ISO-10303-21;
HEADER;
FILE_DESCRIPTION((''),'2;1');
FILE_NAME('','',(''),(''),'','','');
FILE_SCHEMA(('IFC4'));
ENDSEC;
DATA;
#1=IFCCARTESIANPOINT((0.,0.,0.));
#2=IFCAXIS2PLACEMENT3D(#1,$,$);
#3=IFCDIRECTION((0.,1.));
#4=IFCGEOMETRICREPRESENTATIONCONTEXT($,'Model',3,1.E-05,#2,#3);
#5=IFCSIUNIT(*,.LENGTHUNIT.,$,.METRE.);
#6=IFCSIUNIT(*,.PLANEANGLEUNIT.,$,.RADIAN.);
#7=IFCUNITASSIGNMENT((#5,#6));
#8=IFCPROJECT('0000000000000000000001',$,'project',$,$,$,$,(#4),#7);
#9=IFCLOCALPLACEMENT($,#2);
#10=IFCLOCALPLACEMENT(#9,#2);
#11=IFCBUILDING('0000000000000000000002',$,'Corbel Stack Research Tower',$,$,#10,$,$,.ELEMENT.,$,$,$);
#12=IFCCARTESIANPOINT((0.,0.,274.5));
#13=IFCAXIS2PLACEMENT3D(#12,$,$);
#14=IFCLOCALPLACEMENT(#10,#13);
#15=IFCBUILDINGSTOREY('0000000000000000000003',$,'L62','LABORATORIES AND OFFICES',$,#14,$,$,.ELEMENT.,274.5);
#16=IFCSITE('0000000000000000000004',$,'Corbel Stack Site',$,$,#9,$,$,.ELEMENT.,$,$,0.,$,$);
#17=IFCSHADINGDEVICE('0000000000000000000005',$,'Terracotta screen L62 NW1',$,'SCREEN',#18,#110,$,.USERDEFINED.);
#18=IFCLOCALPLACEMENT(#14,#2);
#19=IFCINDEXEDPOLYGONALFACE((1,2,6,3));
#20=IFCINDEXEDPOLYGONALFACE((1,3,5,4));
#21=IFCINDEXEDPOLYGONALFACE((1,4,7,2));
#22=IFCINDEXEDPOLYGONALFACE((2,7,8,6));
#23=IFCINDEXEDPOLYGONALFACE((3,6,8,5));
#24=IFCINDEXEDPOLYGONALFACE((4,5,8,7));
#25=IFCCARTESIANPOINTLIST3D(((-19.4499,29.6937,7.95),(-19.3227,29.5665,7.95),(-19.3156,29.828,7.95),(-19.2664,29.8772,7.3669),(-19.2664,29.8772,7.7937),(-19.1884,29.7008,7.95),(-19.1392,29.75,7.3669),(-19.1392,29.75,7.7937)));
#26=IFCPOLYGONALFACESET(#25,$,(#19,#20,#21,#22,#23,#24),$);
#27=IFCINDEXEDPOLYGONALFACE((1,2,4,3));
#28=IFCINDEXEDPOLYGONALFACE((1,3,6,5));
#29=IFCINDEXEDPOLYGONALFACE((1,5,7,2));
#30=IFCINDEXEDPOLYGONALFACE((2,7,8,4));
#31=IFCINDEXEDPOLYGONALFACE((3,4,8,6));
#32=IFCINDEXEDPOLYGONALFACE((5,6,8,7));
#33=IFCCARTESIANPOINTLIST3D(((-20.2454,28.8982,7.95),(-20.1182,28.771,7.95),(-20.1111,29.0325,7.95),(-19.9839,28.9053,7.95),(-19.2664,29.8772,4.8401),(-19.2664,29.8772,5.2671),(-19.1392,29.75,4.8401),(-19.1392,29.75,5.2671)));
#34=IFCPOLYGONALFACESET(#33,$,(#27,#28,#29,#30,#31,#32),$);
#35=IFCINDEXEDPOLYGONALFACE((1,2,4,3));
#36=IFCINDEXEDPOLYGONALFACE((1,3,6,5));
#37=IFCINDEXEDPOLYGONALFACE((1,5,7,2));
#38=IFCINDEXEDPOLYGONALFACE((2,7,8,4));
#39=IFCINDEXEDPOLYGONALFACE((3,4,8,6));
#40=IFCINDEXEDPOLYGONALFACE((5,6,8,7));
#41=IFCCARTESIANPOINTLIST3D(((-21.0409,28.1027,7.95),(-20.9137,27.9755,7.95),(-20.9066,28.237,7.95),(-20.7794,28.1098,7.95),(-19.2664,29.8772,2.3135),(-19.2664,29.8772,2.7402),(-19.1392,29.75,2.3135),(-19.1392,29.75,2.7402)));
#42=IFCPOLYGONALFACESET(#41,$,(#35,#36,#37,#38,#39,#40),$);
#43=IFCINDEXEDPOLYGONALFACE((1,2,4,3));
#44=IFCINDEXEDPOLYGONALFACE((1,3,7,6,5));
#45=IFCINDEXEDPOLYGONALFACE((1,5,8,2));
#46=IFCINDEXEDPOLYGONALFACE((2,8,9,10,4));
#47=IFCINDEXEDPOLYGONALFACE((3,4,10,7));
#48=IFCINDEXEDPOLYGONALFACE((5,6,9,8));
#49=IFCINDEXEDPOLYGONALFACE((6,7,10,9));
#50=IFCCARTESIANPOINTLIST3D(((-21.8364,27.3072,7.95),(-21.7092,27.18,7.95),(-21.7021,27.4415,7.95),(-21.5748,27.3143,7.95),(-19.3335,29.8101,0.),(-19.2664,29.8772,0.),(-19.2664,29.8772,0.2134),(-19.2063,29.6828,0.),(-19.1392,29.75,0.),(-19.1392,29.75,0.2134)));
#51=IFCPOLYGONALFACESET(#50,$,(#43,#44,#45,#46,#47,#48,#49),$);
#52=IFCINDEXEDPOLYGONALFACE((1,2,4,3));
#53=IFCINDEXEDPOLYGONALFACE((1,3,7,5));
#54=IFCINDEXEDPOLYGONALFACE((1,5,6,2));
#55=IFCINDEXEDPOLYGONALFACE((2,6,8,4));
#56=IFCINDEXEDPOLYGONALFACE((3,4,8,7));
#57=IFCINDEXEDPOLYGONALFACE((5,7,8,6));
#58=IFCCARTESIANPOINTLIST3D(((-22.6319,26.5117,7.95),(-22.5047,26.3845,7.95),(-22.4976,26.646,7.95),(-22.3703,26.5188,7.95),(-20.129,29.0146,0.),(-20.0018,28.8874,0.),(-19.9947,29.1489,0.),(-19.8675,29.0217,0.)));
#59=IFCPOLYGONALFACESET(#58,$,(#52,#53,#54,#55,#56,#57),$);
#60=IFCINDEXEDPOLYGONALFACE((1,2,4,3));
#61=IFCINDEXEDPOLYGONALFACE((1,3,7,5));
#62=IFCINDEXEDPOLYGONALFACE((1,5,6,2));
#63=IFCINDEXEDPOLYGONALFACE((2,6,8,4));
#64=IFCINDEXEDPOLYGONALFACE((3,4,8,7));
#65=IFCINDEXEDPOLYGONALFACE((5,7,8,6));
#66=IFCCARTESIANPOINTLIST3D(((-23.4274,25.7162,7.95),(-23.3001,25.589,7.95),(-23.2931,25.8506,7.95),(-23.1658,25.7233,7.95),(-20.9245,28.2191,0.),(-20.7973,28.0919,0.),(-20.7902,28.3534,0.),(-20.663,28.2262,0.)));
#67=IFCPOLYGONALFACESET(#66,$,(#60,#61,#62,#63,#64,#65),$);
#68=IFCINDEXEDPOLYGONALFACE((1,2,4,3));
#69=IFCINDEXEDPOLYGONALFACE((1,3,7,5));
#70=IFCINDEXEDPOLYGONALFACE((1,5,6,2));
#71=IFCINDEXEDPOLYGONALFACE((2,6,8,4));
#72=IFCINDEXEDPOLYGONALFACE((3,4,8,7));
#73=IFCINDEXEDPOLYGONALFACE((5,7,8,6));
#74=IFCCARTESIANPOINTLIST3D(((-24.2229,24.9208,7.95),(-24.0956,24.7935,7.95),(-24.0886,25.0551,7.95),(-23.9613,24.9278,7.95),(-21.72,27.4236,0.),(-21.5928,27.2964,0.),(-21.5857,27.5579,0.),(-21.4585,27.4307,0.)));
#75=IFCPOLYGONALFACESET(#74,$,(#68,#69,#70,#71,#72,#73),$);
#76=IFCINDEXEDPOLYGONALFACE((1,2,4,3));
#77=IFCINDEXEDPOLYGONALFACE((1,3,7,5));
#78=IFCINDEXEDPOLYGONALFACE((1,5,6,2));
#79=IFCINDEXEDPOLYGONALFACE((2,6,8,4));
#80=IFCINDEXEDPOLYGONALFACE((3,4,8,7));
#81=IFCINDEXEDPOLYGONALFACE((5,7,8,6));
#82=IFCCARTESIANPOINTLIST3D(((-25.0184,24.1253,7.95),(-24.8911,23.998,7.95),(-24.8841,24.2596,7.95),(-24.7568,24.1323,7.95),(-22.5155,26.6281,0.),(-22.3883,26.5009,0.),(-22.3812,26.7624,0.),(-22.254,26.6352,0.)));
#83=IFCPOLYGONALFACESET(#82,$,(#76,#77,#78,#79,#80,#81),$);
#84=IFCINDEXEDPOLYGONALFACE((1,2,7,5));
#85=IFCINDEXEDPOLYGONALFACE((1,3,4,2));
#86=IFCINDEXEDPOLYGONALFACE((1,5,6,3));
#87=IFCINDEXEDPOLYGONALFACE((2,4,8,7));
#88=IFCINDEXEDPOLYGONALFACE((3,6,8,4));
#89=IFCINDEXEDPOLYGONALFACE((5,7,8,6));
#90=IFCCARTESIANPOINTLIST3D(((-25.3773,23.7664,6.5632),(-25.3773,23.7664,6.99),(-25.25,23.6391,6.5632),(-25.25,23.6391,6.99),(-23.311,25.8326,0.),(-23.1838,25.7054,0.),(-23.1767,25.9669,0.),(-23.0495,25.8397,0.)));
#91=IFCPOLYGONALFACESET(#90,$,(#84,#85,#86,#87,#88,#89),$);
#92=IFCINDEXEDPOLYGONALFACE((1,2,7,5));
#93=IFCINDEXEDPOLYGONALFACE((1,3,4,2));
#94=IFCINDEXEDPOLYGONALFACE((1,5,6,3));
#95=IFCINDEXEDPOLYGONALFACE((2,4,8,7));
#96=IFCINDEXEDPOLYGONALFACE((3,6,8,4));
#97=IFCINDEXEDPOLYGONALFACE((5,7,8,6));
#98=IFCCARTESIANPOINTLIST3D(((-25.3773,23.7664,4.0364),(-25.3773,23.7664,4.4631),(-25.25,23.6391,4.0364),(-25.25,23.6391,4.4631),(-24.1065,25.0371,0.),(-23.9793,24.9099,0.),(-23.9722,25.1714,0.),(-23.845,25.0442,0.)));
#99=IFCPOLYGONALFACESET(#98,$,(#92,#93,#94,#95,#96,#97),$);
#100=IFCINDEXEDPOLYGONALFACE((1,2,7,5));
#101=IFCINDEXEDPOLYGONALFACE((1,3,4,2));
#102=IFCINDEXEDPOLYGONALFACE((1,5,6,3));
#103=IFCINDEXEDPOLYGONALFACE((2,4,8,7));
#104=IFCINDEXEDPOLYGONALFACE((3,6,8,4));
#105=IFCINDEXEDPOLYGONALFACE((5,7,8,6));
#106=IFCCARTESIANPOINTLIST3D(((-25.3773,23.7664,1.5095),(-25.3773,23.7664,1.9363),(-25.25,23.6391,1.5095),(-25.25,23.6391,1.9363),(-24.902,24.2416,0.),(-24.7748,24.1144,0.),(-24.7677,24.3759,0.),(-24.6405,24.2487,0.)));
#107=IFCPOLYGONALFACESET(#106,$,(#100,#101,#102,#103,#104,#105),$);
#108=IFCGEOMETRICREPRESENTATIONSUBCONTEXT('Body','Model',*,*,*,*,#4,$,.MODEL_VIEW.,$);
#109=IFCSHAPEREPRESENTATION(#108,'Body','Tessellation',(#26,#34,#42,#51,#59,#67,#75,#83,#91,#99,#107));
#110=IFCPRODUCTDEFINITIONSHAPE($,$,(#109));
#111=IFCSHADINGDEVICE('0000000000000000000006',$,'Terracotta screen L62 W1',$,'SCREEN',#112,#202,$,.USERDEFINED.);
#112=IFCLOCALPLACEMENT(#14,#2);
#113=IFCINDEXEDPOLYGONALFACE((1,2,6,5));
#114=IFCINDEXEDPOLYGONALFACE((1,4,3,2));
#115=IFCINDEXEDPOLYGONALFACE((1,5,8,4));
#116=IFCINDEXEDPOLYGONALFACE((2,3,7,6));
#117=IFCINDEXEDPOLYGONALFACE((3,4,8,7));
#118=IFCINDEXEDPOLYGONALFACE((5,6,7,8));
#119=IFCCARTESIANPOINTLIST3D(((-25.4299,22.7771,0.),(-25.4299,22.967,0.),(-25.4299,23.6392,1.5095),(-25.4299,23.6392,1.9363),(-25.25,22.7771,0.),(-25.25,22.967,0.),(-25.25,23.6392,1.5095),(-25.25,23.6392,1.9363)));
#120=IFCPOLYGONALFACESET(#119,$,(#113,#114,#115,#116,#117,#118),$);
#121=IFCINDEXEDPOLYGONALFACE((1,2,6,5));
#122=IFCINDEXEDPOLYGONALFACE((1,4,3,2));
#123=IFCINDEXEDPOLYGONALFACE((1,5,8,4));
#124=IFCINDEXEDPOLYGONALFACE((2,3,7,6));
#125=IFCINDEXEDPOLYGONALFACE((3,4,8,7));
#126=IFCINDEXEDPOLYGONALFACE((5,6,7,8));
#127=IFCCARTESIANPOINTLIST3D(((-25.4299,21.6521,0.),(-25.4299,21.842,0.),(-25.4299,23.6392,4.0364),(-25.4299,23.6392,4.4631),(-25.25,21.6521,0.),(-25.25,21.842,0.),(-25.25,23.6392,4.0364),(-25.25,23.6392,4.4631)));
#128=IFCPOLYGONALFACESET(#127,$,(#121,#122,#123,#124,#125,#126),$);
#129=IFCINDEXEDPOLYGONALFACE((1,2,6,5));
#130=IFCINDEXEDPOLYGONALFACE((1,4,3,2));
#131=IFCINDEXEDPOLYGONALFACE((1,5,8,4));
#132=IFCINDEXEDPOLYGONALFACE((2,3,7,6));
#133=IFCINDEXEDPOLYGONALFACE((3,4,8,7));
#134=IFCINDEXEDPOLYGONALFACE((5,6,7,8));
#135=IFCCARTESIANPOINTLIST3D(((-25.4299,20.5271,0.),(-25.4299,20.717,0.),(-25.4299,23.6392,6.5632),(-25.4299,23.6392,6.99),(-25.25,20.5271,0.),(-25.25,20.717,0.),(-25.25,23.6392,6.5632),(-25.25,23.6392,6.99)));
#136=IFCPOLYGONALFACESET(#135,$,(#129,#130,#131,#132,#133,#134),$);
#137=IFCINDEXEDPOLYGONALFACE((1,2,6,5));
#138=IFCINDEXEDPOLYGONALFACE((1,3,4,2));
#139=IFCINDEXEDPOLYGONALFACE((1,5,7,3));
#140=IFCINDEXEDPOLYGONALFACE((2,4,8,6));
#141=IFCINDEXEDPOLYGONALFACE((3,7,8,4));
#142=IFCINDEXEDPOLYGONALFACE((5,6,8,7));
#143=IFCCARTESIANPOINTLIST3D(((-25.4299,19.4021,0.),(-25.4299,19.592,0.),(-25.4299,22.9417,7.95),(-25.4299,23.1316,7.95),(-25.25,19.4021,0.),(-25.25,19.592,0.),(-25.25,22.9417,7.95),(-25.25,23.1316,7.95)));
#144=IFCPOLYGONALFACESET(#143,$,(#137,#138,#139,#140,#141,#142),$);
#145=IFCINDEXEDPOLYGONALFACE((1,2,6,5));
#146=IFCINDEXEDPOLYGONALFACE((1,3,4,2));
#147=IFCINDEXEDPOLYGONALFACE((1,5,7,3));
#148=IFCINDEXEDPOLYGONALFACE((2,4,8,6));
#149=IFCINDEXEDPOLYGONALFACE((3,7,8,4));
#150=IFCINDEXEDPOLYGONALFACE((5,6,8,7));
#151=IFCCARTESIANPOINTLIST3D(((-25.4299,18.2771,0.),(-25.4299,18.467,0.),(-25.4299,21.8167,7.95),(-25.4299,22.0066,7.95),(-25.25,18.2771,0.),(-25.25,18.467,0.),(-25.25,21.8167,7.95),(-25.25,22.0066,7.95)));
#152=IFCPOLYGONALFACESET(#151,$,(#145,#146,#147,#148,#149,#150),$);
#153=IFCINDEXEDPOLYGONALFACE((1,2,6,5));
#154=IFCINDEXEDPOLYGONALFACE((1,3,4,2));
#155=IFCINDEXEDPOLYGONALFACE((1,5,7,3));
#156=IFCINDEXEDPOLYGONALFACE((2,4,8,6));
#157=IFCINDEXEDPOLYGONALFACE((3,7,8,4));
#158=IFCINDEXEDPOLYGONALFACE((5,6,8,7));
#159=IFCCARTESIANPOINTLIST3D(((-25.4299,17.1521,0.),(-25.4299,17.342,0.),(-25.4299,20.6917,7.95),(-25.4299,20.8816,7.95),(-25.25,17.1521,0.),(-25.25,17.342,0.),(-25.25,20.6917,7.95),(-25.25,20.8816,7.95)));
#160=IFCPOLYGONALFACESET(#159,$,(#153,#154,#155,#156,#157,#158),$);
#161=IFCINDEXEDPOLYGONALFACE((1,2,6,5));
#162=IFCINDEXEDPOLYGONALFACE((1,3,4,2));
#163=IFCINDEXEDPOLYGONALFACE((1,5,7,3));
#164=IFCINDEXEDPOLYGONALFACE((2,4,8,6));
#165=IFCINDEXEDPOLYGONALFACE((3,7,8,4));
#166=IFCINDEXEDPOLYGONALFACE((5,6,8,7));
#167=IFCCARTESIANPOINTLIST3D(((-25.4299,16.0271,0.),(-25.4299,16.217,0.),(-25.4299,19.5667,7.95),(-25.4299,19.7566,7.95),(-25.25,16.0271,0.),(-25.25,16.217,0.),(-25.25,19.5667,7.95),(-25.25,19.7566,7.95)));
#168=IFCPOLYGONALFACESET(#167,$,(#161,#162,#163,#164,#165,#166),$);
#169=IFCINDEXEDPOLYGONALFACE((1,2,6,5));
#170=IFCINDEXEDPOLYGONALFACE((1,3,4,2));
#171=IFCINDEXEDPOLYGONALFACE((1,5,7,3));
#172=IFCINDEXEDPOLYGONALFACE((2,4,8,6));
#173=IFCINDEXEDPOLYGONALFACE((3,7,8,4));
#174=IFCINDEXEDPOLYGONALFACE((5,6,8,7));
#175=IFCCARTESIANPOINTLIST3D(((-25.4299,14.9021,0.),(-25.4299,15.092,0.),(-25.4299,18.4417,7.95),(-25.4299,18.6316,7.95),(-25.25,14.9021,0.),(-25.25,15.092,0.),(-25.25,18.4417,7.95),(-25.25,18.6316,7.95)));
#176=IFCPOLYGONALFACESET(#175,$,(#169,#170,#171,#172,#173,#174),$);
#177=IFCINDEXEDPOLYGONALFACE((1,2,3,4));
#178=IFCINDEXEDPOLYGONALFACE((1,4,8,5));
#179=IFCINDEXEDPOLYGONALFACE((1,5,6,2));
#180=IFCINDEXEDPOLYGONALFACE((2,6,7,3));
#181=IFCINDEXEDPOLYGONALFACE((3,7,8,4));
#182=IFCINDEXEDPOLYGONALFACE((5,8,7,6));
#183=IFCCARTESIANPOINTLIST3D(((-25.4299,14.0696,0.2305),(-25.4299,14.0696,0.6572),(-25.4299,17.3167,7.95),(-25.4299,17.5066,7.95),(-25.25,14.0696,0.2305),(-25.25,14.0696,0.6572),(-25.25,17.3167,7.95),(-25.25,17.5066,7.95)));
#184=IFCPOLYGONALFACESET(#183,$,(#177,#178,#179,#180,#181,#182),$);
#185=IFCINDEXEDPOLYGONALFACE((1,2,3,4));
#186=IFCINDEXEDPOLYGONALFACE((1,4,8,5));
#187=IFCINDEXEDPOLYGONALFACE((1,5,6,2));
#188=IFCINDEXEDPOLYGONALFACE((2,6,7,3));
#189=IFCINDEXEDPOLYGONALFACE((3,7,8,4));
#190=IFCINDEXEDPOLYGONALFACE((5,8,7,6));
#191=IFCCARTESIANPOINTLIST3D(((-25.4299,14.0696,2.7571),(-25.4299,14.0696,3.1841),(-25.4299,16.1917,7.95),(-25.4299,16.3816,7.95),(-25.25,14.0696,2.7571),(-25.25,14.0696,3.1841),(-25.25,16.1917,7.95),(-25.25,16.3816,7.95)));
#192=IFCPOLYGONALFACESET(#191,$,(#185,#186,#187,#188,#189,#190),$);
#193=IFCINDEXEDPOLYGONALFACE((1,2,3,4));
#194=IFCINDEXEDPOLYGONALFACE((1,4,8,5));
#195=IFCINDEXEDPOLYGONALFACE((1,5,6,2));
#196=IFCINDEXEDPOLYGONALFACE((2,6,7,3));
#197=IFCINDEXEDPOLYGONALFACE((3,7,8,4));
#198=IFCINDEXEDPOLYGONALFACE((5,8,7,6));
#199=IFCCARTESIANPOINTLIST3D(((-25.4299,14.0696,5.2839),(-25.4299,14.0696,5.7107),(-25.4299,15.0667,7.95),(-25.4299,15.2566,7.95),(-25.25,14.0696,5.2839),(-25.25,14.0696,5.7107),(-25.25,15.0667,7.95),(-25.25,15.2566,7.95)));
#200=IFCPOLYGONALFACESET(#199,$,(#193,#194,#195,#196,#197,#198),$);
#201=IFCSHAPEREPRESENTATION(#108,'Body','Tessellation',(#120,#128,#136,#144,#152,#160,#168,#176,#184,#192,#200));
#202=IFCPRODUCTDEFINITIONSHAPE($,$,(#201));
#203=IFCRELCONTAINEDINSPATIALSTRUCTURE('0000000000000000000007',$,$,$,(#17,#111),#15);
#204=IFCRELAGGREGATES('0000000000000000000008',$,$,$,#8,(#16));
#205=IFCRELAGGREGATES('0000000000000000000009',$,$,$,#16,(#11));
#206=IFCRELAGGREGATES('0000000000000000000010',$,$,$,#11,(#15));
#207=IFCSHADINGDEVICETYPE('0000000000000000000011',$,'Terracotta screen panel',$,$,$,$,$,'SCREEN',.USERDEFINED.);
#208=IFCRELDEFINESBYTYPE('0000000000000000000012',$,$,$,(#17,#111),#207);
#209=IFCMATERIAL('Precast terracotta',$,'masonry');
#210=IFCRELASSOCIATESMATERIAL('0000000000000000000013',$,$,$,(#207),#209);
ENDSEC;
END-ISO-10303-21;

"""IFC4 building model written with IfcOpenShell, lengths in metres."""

from ifc_helpers import new_model, si_unit, direction, frame, origin, place, context, subcontext, project, spatial, polyline, outline, extrude, source, transform, mapped, material, type_object, element, save


model = new_model("IFC4")

# Units and contexts
model_context = context("Model", 3, precision=1e-05, world=origin(), true_north=direction((0.0, 1.0)))
body_context = subcontext(model_context, "Body", "Model", "MODEL_VIEW")
ifc_project = project(units=[si_unit("LENGTHUNIT", "METRE"), si_unit("PLANEANGLEUNIT", "RADIAN")], contexts=[model_context])

# Site, building, storey
site_placement = place(None, origin())
site = spatial("IfcSite", under=ifc_project, at=site_placement, Name="Corbel Stack Site", CompositionType="ELEMENT", RefElevation=0.0)
building_placement = place(site_placement, origin())
building = spatial("IfcBuilding", under=site, at=building_placement, Name="Corbel Stack Research Tower", CompositionType="ELEMENT")
storey_placement = place(building_placement, frame((0.0, 0.0, 274.5)))
storey = spatial("IfcBuildingStorey", under=building, at=storey_placement, Name="L62", Description="LABORATORIES AND OFFICES", CompositionType="ELEMENT", Elevation=274.5)

# Shading devices
ifc_material_1 = material(Name="Precast terracotta", Category="masonry")
shading_device_type = type_object("IfcShadingDeviceType", Name="Terracotta screen panel", ElementType="SCREEN", PredefinedType="USERDEFINED", material=ifc_material_1)
shared_shape_1 = source(origin(), body_context, "Body", "SweptSolid", [
    extrude(outline(polyline([(0.2595, 7.95), (0.0696, 7.95), (0.0, 7.7937), (0.0, 7.3669), (0.2595, 7.95)])), frame((0.0, 0.0, 0.0), z_axis=(0.0, -1.0, 0.0), x_axis=(1.0, 0.0, 0.0)), (0.0, 0.0, 1.0), 0.1799),
    extrude(outline(polyline([(1.3845, 7.95), (1.1946, 7.95), (0.0, 5.2671), (0.0, 4.8401), (1.3845, 7.95)])), frame((0.0, 0.0, 0.0), z_axis=(0.0, -1.0, 0.0), x_axis=(1.0, 0.0, 0.0)), (0.0, 0.0, 1.0), 0.1799),
    extrude(outline(polyline([(2.5095, 7.95), (2.3196, 7.95), (0.0, 2.7402), (0.0, 2.3135), (2.5095, 7.95)])), frame((0.0, 0.0, 0.0), z_axis=(0.0, -1.0, 0.0), x_axis=(1.0, 0.0, 0.0)), (0.0, 0.0, 1.0), 0.1799),
    extrude(outline(polyline([(0.095, 0.0), (3.6345, 7.95), (3.4446, 7.95), (0.0, 0.2134), (0.0, 0.0), (0.095, 0.0)])), frame((0.0, 0.0, 0.0), z_axis=(0.0, -1.0, 0.0), x_axis=(1.0, 0.0, 0.0)), (0.0, 0.0, 1.0), 0.1799),
    extrude(outline(polyline([(1.22, 0.0), (4.7595, 7.95), (4.5696, 7.95), (1.03, 0.0), (1.22, 0.0)])), frame((0.0, 0.0, 0.0), z_axis=(0.0, -1.0, 0.0), x_axis=(1.0, 0.0, 0.0)), (0.0, 0.0, 1.0), 0.1799),
    extrude(outline(polyline([(2.345, 0.0), (5.8845, 7.95), (5.6946, 7.95), (2.155, 0.0), (2.345, 0.0)])), frame((0.0, 0.0, 0.0), z_axis=(0.0, -1.0, 0.0), x_axis=(1.0, 0.0, 0.0)), (0.0, 0.0, 1.0), 0.1799),
    extrude(outline(polyline([(3.47, 0.0), (7.0095, 7.95), (6.8196, 7.95), (3.28, 0.0), (3.47, 0.0)])), frame((0.0, 0.0, 0.0), z_axis=(0.0, -1.0, 0.0), x_axis=(1.0, 0.0, 0.0)), (0.0, 0.0, 1.0), 0.1799),
    extrude(outline(polyline([(4.595, 0.0), (8.1345, 7.95), (7.9446, 7.95), (4.405, 0.0), (4.595, 0.0)])), frame((0.0, 0.0, 0.0), z_axis=(0.0, -1.0, 0.0), x_axis=(1.0, 0.0, 0.0)), (0.0, 0.0, 1.0), 0.1799),
    extrude(outline(polyline([(5.72, 0.0), (8.6421, 6.5632), (8.6421, 6.99), (5.53, 0.0), (5.72, 0.0)])), frame((0.0, 0.0, 0.0), z_axis=(0.0, -1.0, 0.0), x_axis=(1.0, 0.0, 0.0)), (0.0, 0.0, 1.0), 0.1799),
    extrude(outline(polyline([(6.845, 0.0), (8.6421, 4.0364), (8.6421, 4.4631), (6.655, 0.0), (6.845, 0.0)])), frame((0.0, 0.0, 0.0), z_axis=(0.0, -1.0, 0.0), x_axis=(1.0, 0.0, 0.0)), (0.0, 0.0, 1.0), 0.1799),
    extrude(outline(polyline([(7.97, 0.0), (8.6421, 1.5095), (8.6421, 1.9363), (7.78, 0.0), (7.97, 0.0)])), frame((0.0, 0.0, 0.0), z_axis=(0.0, -1.0, 0.0), x_axis=(1.0, 0.0, 0.0)), (0.0, 0.0, 1.0), 0.1799),
])
shading_device_1_placement = place(storey_placement, frame((-19.1392, 29.75, 0.0), z_axis=(0.0, 0.0, 1.0), x_axis=(-0.707107, -0.707107, 0.0)))
element("IfcShadingDevice", 1, at=shading_device_1_placement, inside=storey, type_object=shading_device_type, Name="Terracotta screen L62 NW1", ObjectType="SCREEN", PredefinedType="USERDEFINED", context=body_context, shape_type="MappedRepresentation", body=[
    mapped(shared_shape_1, transform((0.0, 0.0, 0.0))),
])
shared_shape_2 = source(origin(), body_context, "Body", "SweptSolid", [
    extrude(outline(polyline([(0.8621, 0.0), (0.0, 1.9363), (0.0, 1.5095), (0.6721, 0.0), (0.8621, 0.0)])), frame((0.0, 0.0, 0.0), z_axis=(0.0, -1.0, 0.0), x_axis=(1.0, 0.0, 0.0)), (0.0, 0.0, 1.0), 0.1799),
    extrude(outline(polyline([(1.9871, 0.0), (0.0, 4.4631), (0.0, 4.0364), (1.7971, 0.0), (1.9871, 0.0)])), frame((0.0, 0.0, 0.0), z_axis=(0.0, -1.0, 0.0), x_axis=(1.0, 0.0, 0.0)), (0.0, 0.0, 1.0), 0.1799),
    extrude(outline(polyline([(3.1121, 0.0), (0.0, 6.99), (0.0, 6.5632), (2.9221, 0.0), (3.1121, 0.0)])), frame((0.0, 0.0, 0.0), z_axis=(0.0, -1.0, 0.0), x_axis=(1.0, 0.0, 0.0)), (0.0, 0.0, 1.0), 0.1799),
    extrude(outline(polyline([(4.2371, 0.0), (0.6975, 7.95), (0.5076, 7.95), (4.0471, 0.0), (4.2371, 0.0)])), frame((0.0, 0.0, 0.0), z_axis=(0.0, -1.0, 0.0), x_axis=(1.0, 0.0, 0.0)), (0.0, 0.0, 1.0), 0.1799),
    extrude(outline(polyline([(5.3621, 0.0), (1.8225, 7.95), (1.6326, 7.95), (5.1721, 0.0), (5.3621, 0.0)])), frame((0.0, 0.0, 0.0), z_axis=(0.0, -1.0, 0.0), x_axis=(1.0, 0.0, 0.0)), (0.0, 0.0, 1.0), 0.1799),
    extrude(outline(polyline([(6.4871, 0.0), (2.9475, 7.95), (2.7576, 7.95), (6.2971, 0.0), (6.4871, 0.0)])), frame((0.0, 0.0, 0.0), z_axis=(0.0, -1.0, 0.0), x_axis=(1.0, 0.0, 0.0)), (0.0, 0.0, 1.0), 0.1799),
    extrude(outline(polyline([(7.6121, 0.0), (4.0725, 7.95), (3.8826, 7.95), (7.4221, 0.0), (7.6121, 0.0)])), frame((0.0, 0.0, 0.0), z_axis=(0.0, -1.0, 0.0), x_axis=(1.0, 0.0, 0.0)), (0.0, 0.0, 1.0), 0.1799),
    extrude(outline(polyline([(8.7371, 0.0), (5.1975, 7.95), (5.0076, 7.95), (8.5471, 0.0), (8.7371, 0.0)])), frame((0.0, 0.0, 0.0), z_axis=(0.0, -1.0, 0.0), x_axis=(1.0, 0.0, 0.0)), (0.0, 0.0, 1.0), 0.1799),
    extrude(outline(polyline([(6.3225, 7.95), (6.1326, 7.95), (9.5696, 0.2305), (9.5696, 0.6572), (6.3225, 7.95)])), frame((0.0, 0.0, 0.0), z_axis=(0.0, -1.0, 0.0), x_axis=(1.0, 0.0, 0.0)), (0.0, 0.0, 1.0), 0.1799),
    extrude(outline(polyline([(7.4475, 7.95), (7.2576, 7.95), (9.5696, 2.7571), (9.5696, 3.1841), (7.4475, 7.95)])), frame((0.0, 0.0, 0.0), z_axis=(0.0, -1.0, 0.0), x_axis=(1.0, 0.0, 0.0)), (0.0, 0.0, 1.0), 0.1799),
    extrude(outline(polyline([(8.5725, 7.95), (8.3826, 7.95), (9.5696, 5.2839), (9.5696, 5.7107), (8.5725, 7.95)])), frame((0.0, 0.0, 0.0), z_axis=(0.0, -1.0, 0.0), x_axis=(1.0, 0.0, 0.0)), (0.0, 0.0, 1.0), 0.1799),
])
shading_device_2_placement = place(storey_placement, frame((-25.25, 23.6392, 0.0), z_axis=(0.0, 0.0, 1.0), x_axis=(0.0, -1.0, 0.0)))
element("IfcShadingDevice", 2, at=shading_device_2_placement, inside=storey, type_object=shading_device_type, Name="Terracotta screen L62 W1", ObjectType="SCREEN", PredefinedType="USERDEFINED", context=body_context, shape_type="MappedRepresentation", body=[
    mapped(shared_shape_2, transform((0.0, 0.0, 0.0))),
])

save(model, "model.ifc")
